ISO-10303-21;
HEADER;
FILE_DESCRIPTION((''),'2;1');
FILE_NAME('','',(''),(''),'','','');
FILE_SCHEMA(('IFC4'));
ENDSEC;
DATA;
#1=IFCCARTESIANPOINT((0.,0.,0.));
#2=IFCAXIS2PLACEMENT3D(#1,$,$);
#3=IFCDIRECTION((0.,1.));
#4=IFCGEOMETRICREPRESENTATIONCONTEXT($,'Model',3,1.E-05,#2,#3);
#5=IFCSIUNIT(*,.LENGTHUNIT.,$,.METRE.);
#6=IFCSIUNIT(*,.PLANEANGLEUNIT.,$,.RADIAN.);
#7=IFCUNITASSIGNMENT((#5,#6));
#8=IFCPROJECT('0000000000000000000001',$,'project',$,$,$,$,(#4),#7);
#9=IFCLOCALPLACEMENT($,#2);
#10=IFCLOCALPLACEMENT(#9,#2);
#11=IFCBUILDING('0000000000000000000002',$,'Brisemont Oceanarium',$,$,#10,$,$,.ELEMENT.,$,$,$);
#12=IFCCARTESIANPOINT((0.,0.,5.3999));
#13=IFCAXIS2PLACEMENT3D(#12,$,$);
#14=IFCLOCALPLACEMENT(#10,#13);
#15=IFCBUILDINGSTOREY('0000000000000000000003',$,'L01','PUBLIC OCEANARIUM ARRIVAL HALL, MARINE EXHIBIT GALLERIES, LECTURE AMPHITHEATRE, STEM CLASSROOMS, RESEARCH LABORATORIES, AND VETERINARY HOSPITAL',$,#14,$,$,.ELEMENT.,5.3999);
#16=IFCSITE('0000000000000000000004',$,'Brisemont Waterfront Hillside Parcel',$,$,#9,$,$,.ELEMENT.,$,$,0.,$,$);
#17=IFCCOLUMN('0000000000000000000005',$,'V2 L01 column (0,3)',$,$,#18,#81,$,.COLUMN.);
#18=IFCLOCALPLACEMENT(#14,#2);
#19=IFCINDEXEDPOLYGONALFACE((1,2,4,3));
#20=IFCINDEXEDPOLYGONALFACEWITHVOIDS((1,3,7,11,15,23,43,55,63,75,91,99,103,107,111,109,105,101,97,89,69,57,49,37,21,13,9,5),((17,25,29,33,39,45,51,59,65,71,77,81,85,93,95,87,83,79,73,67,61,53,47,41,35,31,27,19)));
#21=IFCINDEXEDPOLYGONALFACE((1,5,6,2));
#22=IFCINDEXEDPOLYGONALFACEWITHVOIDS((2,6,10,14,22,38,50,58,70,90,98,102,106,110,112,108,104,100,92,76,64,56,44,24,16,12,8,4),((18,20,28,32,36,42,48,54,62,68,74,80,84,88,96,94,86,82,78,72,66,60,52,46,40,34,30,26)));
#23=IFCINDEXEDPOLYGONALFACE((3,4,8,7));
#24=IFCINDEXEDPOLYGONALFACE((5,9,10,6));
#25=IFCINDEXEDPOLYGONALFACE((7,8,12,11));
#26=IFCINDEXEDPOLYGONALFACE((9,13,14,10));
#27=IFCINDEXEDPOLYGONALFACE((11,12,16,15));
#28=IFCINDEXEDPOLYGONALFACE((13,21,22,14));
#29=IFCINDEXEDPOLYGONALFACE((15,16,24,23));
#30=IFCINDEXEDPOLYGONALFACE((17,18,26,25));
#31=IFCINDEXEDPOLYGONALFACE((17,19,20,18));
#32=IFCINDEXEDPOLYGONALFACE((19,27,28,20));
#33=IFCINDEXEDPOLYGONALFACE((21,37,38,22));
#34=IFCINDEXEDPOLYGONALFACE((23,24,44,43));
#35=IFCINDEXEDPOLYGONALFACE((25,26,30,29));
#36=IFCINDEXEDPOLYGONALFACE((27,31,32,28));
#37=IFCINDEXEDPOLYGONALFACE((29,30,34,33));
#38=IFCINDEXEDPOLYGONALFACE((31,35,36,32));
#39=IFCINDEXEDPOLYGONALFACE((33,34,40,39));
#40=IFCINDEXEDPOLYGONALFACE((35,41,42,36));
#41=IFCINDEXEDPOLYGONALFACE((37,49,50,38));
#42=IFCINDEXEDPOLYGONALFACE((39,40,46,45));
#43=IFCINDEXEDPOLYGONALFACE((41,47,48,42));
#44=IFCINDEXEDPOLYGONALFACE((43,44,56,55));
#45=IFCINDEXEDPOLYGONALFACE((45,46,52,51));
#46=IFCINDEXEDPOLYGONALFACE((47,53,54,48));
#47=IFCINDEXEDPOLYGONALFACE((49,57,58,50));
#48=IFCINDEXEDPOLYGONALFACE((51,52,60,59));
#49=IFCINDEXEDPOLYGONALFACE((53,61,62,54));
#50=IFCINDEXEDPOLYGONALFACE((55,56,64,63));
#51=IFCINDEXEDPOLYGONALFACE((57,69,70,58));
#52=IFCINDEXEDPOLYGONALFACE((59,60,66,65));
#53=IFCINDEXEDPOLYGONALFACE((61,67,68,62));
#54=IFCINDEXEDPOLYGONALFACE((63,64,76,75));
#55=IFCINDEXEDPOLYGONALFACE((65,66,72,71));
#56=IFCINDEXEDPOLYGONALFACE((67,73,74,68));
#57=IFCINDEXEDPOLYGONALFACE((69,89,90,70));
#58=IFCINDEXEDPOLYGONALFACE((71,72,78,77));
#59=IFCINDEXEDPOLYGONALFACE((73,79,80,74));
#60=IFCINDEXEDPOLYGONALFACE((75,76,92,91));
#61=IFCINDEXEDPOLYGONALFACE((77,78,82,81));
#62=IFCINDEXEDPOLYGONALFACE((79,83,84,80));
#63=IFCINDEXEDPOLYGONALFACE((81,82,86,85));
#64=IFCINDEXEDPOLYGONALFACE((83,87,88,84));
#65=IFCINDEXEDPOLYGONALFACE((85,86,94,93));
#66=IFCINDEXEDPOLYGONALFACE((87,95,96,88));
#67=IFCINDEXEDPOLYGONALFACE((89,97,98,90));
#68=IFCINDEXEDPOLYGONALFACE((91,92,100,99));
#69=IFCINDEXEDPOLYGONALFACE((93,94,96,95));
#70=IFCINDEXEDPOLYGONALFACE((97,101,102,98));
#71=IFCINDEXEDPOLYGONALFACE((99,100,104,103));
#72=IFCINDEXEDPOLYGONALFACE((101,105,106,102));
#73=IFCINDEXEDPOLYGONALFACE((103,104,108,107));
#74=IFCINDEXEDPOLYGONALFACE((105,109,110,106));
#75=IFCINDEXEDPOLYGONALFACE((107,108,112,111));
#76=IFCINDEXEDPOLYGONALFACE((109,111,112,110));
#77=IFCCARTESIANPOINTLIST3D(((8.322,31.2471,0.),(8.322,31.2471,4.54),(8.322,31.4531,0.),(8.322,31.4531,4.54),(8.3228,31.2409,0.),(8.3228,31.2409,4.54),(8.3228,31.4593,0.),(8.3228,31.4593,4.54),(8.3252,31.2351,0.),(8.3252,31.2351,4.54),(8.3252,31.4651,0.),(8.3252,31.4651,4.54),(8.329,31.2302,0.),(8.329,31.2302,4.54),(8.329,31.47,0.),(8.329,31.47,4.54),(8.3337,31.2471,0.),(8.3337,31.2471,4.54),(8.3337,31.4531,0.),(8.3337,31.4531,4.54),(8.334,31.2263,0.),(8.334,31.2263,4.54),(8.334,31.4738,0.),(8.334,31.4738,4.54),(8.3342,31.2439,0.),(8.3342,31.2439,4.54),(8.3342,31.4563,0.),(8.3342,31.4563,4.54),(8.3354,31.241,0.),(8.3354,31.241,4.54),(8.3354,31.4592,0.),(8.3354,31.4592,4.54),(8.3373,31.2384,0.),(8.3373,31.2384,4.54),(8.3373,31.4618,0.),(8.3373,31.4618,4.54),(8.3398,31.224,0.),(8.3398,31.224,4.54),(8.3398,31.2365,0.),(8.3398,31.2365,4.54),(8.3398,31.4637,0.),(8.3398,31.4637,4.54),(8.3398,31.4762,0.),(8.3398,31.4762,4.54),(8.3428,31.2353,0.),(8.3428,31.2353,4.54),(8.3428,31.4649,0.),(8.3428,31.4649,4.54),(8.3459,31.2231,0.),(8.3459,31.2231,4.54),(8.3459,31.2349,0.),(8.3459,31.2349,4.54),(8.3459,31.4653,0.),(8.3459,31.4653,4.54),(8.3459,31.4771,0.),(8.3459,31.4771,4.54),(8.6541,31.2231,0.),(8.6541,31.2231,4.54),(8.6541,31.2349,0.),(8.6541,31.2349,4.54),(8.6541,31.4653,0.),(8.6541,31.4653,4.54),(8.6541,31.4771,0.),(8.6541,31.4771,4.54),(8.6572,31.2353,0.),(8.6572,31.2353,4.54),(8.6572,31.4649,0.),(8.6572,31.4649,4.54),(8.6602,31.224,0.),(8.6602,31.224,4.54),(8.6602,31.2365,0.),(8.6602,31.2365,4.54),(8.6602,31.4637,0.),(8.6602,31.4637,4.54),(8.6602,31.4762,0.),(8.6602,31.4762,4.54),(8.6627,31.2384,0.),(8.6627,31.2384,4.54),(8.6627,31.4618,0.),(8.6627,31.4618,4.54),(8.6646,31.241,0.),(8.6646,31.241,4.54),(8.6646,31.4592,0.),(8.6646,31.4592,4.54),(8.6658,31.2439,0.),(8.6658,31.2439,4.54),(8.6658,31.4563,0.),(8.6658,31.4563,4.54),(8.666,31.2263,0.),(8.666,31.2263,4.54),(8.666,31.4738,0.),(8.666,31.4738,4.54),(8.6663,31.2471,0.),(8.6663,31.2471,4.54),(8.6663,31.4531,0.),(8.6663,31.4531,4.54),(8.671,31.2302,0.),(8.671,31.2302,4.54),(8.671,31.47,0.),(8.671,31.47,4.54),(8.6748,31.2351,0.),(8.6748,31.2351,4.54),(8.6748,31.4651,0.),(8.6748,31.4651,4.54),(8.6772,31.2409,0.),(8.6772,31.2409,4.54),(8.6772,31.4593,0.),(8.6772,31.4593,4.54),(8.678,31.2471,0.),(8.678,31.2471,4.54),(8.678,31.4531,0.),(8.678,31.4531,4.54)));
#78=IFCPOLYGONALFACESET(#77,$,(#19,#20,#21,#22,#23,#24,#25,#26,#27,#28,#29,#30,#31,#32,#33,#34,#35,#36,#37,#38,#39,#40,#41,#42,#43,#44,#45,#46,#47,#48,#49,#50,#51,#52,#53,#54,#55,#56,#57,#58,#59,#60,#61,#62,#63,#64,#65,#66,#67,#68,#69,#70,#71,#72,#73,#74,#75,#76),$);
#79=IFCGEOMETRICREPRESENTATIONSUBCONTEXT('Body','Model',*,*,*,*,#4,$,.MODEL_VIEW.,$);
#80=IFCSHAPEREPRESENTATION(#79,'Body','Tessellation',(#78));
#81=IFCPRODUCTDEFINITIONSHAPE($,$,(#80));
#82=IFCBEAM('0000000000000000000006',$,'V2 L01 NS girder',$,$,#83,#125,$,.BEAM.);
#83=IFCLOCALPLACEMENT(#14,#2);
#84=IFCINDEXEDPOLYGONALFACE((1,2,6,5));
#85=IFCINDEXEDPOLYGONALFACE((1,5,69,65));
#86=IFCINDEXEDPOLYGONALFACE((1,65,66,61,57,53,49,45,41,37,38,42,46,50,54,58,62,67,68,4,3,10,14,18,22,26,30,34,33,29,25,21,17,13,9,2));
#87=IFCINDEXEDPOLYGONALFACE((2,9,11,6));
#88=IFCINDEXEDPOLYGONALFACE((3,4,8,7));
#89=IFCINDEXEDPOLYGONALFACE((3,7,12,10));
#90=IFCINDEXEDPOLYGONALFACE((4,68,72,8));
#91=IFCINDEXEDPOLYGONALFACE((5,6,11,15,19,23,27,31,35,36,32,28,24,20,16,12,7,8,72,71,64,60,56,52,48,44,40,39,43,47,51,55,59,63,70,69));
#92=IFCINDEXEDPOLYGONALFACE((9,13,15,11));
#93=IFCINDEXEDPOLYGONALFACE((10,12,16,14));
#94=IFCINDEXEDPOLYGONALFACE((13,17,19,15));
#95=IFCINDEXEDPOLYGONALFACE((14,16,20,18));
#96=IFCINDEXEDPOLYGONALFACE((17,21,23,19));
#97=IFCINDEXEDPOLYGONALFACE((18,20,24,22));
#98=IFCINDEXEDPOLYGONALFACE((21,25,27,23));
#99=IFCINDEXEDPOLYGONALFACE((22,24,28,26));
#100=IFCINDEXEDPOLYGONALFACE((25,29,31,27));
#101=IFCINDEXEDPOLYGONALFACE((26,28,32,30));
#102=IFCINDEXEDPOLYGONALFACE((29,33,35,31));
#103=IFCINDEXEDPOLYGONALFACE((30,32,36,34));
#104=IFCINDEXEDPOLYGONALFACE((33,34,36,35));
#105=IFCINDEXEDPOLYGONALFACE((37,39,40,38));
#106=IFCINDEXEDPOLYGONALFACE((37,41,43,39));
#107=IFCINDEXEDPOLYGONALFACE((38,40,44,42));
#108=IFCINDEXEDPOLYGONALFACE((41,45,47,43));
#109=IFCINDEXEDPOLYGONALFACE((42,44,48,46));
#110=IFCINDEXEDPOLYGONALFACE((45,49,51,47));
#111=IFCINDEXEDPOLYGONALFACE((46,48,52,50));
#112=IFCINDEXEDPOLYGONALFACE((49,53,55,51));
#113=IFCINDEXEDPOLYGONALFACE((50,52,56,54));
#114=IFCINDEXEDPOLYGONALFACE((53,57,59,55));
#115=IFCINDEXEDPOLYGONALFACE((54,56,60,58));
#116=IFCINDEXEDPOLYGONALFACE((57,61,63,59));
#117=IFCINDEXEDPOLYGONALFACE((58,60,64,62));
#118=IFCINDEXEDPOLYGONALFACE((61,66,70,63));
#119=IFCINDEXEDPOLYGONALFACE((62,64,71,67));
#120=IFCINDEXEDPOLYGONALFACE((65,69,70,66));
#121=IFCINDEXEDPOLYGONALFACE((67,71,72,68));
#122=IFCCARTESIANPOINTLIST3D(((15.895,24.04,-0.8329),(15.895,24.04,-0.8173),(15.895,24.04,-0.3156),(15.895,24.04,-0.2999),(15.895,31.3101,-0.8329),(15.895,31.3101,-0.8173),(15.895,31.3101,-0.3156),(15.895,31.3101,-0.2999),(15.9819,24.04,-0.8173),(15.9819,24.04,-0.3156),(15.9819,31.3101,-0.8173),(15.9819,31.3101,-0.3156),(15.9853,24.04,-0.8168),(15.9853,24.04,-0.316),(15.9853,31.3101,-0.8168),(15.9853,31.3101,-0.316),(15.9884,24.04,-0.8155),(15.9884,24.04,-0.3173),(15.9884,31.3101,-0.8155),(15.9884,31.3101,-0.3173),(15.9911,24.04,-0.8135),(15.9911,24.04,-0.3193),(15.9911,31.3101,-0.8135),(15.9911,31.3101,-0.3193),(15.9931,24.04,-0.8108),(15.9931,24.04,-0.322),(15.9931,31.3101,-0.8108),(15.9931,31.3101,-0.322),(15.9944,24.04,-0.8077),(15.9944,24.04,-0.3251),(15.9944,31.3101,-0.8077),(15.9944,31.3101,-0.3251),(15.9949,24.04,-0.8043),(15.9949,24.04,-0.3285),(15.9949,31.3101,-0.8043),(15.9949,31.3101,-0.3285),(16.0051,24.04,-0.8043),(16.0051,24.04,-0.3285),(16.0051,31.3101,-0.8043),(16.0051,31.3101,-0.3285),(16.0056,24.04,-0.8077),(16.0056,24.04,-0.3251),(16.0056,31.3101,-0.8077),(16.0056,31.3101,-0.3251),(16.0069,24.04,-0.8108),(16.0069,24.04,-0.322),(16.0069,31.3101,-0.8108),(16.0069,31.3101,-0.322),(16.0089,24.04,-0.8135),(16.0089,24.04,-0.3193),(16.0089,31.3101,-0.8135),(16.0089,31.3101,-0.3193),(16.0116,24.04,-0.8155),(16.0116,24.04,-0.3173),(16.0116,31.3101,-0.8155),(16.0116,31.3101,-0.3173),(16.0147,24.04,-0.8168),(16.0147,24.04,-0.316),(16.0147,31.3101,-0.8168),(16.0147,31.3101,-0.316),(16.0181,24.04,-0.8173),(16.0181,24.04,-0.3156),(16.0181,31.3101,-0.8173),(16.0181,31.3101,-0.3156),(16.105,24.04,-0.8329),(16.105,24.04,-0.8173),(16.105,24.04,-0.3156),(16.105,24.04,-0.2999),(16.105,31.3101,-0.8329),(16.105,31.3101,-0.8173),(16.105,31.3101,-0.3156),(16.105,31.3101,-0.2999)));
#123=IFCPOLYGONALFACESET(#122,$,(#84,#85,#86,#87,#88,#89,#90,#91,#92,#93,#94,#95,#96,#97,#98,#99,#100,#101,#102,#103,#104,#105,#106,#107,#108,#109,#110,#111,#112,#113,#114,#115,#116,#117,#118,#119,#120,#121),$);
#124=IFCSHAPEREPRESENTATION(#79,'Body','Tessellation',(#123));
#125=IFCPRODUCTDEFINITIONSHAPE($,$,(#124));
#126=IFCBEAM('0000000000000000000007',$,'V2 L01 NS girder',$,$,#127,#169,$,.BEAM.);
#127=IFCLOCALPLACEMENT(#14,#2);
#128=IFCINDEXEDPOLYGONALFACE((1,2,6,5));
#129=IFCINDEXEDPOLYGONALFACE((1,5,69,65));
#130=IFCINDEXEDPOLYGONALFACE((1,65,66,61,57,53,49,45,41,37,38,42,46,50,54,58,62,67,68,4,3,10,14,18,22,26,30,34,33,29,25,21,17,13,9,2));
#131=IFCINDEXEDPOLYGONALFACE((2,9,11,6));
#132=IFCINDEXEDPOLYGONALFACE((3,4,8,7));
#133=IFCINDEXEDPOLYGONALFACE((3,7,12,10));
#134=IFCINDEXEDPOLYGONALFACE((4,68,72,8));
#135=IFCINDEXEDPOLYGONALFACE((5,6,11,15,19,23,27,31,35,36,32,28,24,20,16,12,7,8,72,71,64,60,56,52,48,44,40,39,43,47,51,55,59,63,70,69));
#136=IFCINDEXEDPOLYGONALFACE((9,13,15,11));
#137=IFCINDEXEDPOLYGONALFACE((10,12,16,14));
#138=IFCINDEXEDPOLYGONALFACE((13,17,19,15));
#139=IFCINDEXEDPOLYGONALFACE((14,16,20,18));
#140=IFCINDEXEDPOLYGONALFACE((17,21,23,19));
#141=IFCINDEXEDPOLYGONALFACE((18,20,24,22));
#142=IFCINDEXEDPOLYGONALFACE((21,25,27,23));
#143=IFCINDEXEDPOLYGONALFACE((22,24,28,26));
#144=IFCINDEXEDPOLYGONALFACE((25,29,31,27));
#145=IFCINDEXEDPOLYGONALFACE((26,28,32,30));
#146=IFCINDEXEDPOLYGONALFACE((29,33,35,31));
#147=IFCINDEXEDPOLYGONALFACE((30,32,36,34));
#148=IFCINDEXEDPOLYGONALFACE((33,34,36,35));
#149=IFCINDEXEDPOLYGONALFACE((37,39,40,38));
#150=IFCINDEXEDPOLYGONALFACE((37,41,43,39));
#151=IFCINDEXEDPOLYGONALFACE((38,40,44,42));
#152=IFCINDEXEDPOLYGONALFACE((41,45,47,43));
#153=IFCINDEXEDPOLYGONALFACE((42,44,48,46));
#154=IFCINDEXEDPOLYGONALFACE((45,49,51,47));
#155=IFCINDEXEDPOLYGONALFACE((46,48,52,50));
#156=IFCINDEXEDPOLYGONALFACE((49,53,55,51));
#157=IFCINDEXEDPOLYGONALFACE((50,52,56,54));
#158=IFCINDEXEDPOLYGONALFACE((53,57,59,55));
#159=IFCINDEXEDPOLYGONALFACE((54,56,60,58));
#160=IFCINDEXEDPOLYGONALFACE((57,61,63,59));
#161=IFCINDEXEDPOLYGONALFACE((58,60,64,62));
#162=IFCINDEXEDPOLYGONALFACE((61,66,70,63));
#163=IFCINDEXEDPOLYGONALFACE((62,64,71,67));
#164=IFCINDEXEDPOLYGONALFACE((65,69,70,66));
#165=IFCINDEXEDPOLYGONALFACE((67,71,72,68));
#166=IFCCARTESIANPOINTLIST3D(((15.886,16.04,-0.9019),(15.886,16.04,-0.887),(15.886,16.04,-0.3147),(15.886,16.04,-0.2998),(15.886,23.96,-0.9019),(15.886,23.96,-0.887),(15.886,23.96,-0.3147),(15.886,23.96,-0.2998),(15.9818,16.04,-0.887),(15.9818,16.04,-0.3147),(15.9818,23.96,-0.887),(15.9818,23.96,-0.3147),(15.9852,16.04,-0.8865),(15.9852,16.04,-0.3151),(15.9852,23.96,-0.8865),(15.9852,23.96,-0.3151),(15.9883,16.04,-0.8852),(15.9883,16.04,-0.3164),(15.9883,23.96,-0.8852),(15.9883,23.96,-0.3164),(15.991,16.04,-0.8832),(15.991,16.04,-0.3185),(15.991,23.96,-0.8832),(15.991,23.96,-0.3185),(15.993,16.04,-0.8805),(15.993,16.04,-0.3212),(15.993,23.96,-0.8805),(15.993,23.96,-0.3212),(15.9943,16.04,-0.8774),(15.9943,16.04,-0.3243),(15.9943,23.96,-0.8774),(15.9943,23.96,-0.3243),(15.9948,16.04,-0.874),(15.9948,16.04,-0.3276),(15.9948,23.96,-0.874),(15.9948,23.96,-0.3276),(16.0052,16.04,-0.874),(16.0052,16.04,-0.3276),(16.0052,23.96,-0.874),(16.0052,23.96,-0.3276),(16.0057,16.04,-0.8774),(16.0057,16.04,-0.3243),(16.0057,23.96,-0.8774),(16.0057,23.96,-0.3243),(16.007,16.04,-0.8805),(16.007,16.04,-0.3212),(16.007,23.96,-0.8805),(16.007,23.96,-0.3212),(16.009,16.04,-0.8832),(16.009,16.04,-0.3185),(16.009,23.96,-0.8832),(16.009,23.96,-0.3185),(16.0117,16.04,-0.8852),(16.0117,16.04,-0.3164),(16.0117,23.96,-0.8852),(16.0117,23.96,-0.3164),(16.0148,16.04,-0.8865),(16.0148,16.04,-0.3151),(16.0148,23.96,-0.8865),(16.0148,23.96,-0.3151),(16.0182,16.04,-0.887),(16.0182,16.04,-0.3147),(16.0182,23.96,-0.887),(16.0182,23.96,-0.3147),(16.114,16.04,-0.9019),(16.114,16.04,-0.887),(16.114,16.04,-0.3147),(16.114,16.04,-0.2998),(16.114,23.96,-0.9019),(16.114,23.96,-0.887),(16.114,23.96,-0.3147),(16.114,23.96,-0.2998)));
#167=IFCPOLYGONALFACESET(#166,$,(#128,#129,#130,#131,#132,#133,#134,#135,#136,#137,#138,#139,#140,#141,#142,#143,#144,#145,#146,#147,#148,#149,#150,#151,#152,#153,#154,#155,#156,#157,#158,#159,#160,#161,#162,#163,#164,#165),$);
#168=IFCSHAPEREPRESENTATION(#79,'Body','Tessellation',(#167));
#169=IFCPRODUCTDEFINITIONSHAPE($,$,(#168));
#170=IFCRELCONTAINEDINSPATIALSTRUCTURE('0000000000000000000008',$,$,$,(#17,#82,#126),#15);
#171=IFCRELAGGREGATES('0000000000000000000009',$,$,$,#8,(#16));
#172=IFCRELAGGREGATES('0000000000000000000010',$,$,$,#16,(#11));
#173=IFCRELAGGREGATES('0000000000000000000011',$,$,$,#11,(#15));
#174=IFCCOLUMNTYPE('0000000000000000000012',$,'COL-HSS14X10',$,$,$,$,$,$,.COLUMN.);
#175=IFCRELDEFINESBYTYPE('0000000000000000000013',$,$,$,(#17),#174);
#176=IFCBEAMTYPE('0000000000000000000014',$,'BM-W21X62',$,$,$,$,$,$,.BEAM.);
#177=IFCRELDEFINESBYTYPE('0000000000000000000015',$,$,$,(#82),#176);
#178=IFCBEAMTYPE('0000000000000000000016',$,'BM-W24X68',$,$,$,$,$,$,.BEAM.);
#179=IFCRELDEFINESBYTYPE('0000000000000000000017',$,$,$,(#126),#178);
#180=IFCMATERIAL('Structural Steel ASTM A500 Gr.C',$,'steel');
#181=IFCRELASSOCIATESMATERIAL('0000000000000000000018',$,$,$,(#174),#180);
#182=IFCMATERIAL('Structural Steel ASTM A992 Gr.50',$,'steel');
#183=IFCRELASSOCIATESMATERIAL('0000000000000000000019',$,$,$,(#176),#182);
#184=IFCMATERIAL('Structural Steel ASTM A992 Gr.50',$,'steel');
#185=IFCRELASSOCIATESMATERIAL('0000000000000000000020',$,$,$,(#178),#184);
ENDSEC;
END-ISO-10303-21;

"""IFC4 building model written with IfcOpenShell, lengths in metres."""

from ifc_helpers import new_model, si_unit, direction, frame, origin, origin_2d, place, context, subcontext, project, spatial, hollow_rectangle, i_section, extrude, material, material_profile, profile_set, type_object, element, save


model = new_model("IFC4")

# Units and contexts
model_context = context("Model", 3, precision=1e-05, world=origin(), true_north=direction((0.0, 1.0)))
body_context = subcontext(model_context, "Body", "Model", "MODEL_VIEW")
ifc_project = project(units=[si_unit("LENGTHUNIT", "METRE"), si_unit("PLANEANGLEUNIT", "RADIAN")], contexts=[model_context])

# Site, building, storey
site_placement = place(None, origin())
site = spatial("IfcSite", under=ifc_project, at=site_placement, Name="Brisemont Waterfront Hillside Parcel", CompositionType="ELEMENT", RefElevation=0.0)
building_placement = place(site_placement, origin())
building = spatial("IfcBuilding", under=site, at=building_placement, Name="Brisemont Oceanarium", CompositionType="ELEMENT")
storey_placement = place(building_placement, frame((0.0, 0.0, 5.3999)))
storey = spatial("IfcBuildingStorey", under=building, at=storey_placement, Name="L01", Description="PUBLIC OCEANARIUM ARRIVAL HALL, MARINE EXHIBIT GALLERIES, LECTURE AMPHITHEATRE, STEM CLASSROOMS, RESEARCH LABORATORIES, AND VETERINARY HOSPITAL", CompositionType="ELEMENT", Elevation=5.3999)

# Column
ifc_material_1 = material(Name="Structural Steel ASTM A500 Gr.C", Category="steel")
ifc_material_profile_1 = material_profile(ifc_material_1, hollow_rectangle(XDim=0.2539, YDim=0.356, WallThickness=0.0117, InnerFilletRadius=0.0122, OuterFilletRadius=0.0239, at=origin_2d()), Name="HSS14X10X1/2")
ifc_profile_set_1 = profile_set([ifc_material_profile_1], Name="Structural Steel ASTM A500 Gr.C")
column_type_1 = type_object("IfcColumnType", Name="COL-HSS14X10", PredefinedType="COLUMN", material=ifc_profile_set_1)
column_1_placement = place(storey_placement, frame((8.5, 31.3501, 0.0), z_axis=(0.0, 0.0, 1.0), x_axis=(0.0, 1.0, 0.0)))
element("IfcColumn", 1, at=column_1_placement, inside=storey, type_object=column_type_1, Name="V2 L01 column (0,3)", PredefinedType="COLUMN", context=body_context, shape_type="SweptSolid", body=[
    extrude(hollow_rectangle(XDim=0.2539, YDim=0.356, WallThickness=0.0117, InnerFilletRadius=0.0122, OuterFilletRadius=0.0239, at=origin_2d()), origin(), (0.0, 0.0, 1.0), 4.54),
])

# Beams
ifc_material_2 = material(Name="Structural Steel ASTM A992 Gr.50", Category="steel")
ifc_material_profile_2 = material_profile(ifc_material_2, i_section(OverallWidth=0.21, OverallDepth=0.533, WebThickness=0.0103, FlangeThickness=0.0156, FilletRadius=0.0129, at=origin_2d()), Name="W21X62")
ifc_profile_set_2 = profile_set([ifc_material_profile_2], Name="Structural Steel ASTM A992 Gr.50")
beam_type_1 = type_object("IfcBeamType", Name="BM-W21X62", PredefinedType="BEAM", material=ifc_profile_set_2)
beam_1_placement = place(storey_placement, frame((16.0, 24.04, -0.5664), z_axis=(0.0, 1.0, 0.0), x_axis=(-1.0, 0.0, 0.0)))
element("IfcBeam", 2, at=beam_1_placement, inside=storey, type_object=beam_type_1, Name="V2 L01 NS girder", PredefinedType="BEAM", context=body_context, shape_type="SweptSolid", body=[
    extrude(i_section(OverallWidth=0.21, OverallDepth=0.533, WebThickness=0.0103, FlangeThickness=0.0156, FilletRadius=0.0129, at=origin_2d()), origin(), (0.0, 0.0, 1.0), 7.27),
])
ifc_material_3 = material(Name="Structural Steel ASTM A992 Gr.50", Category="steel")
ifc_material_profile_3 = material_profile(ifc_material_3, i_section(OverallWidth=0.228, OverallDepth=0.6021, WebThickness=0.0105, FlangeThickness=0.0149, FilletRadius=0.0129, at=origin_2d()), Name="W24X68")
ifc_profile_set_3 = profile_set([ifc_material_profile_3], Name="Structural Steel ASTM A992 Gr.50")
beam_type_2 = type_object("IfcBeamType", Name="BM-W24X68", PredefinedType="BEAM", material=ifc_profile_set_3)
beam_2_placement = place(storey_placement, frame((16.0, 16.04, -0.6008), z_axis=(0.0, 1.0, 0.0), x_axis=(-1.0, 0.0, 0.0)))
element("IfcBeam", 3, at=beam_2_placement, inside=storey, type_object=beam_type_2, Name="V2 L01 NS girder", PredefinedType="BEAM", context=body_context, shape_type="SweptSolid", body=[
    extrude(i_section(OverallWidth=0.228, OverallDepth=0.6021, WebThickness=0.0105, FlangeThickness=0.0149, FilletRadius=0.0129, at=origin_2d()), origin(), (0.0, 0.0, 1.0), 7.9199),
])

save(model, "model.ifc")
